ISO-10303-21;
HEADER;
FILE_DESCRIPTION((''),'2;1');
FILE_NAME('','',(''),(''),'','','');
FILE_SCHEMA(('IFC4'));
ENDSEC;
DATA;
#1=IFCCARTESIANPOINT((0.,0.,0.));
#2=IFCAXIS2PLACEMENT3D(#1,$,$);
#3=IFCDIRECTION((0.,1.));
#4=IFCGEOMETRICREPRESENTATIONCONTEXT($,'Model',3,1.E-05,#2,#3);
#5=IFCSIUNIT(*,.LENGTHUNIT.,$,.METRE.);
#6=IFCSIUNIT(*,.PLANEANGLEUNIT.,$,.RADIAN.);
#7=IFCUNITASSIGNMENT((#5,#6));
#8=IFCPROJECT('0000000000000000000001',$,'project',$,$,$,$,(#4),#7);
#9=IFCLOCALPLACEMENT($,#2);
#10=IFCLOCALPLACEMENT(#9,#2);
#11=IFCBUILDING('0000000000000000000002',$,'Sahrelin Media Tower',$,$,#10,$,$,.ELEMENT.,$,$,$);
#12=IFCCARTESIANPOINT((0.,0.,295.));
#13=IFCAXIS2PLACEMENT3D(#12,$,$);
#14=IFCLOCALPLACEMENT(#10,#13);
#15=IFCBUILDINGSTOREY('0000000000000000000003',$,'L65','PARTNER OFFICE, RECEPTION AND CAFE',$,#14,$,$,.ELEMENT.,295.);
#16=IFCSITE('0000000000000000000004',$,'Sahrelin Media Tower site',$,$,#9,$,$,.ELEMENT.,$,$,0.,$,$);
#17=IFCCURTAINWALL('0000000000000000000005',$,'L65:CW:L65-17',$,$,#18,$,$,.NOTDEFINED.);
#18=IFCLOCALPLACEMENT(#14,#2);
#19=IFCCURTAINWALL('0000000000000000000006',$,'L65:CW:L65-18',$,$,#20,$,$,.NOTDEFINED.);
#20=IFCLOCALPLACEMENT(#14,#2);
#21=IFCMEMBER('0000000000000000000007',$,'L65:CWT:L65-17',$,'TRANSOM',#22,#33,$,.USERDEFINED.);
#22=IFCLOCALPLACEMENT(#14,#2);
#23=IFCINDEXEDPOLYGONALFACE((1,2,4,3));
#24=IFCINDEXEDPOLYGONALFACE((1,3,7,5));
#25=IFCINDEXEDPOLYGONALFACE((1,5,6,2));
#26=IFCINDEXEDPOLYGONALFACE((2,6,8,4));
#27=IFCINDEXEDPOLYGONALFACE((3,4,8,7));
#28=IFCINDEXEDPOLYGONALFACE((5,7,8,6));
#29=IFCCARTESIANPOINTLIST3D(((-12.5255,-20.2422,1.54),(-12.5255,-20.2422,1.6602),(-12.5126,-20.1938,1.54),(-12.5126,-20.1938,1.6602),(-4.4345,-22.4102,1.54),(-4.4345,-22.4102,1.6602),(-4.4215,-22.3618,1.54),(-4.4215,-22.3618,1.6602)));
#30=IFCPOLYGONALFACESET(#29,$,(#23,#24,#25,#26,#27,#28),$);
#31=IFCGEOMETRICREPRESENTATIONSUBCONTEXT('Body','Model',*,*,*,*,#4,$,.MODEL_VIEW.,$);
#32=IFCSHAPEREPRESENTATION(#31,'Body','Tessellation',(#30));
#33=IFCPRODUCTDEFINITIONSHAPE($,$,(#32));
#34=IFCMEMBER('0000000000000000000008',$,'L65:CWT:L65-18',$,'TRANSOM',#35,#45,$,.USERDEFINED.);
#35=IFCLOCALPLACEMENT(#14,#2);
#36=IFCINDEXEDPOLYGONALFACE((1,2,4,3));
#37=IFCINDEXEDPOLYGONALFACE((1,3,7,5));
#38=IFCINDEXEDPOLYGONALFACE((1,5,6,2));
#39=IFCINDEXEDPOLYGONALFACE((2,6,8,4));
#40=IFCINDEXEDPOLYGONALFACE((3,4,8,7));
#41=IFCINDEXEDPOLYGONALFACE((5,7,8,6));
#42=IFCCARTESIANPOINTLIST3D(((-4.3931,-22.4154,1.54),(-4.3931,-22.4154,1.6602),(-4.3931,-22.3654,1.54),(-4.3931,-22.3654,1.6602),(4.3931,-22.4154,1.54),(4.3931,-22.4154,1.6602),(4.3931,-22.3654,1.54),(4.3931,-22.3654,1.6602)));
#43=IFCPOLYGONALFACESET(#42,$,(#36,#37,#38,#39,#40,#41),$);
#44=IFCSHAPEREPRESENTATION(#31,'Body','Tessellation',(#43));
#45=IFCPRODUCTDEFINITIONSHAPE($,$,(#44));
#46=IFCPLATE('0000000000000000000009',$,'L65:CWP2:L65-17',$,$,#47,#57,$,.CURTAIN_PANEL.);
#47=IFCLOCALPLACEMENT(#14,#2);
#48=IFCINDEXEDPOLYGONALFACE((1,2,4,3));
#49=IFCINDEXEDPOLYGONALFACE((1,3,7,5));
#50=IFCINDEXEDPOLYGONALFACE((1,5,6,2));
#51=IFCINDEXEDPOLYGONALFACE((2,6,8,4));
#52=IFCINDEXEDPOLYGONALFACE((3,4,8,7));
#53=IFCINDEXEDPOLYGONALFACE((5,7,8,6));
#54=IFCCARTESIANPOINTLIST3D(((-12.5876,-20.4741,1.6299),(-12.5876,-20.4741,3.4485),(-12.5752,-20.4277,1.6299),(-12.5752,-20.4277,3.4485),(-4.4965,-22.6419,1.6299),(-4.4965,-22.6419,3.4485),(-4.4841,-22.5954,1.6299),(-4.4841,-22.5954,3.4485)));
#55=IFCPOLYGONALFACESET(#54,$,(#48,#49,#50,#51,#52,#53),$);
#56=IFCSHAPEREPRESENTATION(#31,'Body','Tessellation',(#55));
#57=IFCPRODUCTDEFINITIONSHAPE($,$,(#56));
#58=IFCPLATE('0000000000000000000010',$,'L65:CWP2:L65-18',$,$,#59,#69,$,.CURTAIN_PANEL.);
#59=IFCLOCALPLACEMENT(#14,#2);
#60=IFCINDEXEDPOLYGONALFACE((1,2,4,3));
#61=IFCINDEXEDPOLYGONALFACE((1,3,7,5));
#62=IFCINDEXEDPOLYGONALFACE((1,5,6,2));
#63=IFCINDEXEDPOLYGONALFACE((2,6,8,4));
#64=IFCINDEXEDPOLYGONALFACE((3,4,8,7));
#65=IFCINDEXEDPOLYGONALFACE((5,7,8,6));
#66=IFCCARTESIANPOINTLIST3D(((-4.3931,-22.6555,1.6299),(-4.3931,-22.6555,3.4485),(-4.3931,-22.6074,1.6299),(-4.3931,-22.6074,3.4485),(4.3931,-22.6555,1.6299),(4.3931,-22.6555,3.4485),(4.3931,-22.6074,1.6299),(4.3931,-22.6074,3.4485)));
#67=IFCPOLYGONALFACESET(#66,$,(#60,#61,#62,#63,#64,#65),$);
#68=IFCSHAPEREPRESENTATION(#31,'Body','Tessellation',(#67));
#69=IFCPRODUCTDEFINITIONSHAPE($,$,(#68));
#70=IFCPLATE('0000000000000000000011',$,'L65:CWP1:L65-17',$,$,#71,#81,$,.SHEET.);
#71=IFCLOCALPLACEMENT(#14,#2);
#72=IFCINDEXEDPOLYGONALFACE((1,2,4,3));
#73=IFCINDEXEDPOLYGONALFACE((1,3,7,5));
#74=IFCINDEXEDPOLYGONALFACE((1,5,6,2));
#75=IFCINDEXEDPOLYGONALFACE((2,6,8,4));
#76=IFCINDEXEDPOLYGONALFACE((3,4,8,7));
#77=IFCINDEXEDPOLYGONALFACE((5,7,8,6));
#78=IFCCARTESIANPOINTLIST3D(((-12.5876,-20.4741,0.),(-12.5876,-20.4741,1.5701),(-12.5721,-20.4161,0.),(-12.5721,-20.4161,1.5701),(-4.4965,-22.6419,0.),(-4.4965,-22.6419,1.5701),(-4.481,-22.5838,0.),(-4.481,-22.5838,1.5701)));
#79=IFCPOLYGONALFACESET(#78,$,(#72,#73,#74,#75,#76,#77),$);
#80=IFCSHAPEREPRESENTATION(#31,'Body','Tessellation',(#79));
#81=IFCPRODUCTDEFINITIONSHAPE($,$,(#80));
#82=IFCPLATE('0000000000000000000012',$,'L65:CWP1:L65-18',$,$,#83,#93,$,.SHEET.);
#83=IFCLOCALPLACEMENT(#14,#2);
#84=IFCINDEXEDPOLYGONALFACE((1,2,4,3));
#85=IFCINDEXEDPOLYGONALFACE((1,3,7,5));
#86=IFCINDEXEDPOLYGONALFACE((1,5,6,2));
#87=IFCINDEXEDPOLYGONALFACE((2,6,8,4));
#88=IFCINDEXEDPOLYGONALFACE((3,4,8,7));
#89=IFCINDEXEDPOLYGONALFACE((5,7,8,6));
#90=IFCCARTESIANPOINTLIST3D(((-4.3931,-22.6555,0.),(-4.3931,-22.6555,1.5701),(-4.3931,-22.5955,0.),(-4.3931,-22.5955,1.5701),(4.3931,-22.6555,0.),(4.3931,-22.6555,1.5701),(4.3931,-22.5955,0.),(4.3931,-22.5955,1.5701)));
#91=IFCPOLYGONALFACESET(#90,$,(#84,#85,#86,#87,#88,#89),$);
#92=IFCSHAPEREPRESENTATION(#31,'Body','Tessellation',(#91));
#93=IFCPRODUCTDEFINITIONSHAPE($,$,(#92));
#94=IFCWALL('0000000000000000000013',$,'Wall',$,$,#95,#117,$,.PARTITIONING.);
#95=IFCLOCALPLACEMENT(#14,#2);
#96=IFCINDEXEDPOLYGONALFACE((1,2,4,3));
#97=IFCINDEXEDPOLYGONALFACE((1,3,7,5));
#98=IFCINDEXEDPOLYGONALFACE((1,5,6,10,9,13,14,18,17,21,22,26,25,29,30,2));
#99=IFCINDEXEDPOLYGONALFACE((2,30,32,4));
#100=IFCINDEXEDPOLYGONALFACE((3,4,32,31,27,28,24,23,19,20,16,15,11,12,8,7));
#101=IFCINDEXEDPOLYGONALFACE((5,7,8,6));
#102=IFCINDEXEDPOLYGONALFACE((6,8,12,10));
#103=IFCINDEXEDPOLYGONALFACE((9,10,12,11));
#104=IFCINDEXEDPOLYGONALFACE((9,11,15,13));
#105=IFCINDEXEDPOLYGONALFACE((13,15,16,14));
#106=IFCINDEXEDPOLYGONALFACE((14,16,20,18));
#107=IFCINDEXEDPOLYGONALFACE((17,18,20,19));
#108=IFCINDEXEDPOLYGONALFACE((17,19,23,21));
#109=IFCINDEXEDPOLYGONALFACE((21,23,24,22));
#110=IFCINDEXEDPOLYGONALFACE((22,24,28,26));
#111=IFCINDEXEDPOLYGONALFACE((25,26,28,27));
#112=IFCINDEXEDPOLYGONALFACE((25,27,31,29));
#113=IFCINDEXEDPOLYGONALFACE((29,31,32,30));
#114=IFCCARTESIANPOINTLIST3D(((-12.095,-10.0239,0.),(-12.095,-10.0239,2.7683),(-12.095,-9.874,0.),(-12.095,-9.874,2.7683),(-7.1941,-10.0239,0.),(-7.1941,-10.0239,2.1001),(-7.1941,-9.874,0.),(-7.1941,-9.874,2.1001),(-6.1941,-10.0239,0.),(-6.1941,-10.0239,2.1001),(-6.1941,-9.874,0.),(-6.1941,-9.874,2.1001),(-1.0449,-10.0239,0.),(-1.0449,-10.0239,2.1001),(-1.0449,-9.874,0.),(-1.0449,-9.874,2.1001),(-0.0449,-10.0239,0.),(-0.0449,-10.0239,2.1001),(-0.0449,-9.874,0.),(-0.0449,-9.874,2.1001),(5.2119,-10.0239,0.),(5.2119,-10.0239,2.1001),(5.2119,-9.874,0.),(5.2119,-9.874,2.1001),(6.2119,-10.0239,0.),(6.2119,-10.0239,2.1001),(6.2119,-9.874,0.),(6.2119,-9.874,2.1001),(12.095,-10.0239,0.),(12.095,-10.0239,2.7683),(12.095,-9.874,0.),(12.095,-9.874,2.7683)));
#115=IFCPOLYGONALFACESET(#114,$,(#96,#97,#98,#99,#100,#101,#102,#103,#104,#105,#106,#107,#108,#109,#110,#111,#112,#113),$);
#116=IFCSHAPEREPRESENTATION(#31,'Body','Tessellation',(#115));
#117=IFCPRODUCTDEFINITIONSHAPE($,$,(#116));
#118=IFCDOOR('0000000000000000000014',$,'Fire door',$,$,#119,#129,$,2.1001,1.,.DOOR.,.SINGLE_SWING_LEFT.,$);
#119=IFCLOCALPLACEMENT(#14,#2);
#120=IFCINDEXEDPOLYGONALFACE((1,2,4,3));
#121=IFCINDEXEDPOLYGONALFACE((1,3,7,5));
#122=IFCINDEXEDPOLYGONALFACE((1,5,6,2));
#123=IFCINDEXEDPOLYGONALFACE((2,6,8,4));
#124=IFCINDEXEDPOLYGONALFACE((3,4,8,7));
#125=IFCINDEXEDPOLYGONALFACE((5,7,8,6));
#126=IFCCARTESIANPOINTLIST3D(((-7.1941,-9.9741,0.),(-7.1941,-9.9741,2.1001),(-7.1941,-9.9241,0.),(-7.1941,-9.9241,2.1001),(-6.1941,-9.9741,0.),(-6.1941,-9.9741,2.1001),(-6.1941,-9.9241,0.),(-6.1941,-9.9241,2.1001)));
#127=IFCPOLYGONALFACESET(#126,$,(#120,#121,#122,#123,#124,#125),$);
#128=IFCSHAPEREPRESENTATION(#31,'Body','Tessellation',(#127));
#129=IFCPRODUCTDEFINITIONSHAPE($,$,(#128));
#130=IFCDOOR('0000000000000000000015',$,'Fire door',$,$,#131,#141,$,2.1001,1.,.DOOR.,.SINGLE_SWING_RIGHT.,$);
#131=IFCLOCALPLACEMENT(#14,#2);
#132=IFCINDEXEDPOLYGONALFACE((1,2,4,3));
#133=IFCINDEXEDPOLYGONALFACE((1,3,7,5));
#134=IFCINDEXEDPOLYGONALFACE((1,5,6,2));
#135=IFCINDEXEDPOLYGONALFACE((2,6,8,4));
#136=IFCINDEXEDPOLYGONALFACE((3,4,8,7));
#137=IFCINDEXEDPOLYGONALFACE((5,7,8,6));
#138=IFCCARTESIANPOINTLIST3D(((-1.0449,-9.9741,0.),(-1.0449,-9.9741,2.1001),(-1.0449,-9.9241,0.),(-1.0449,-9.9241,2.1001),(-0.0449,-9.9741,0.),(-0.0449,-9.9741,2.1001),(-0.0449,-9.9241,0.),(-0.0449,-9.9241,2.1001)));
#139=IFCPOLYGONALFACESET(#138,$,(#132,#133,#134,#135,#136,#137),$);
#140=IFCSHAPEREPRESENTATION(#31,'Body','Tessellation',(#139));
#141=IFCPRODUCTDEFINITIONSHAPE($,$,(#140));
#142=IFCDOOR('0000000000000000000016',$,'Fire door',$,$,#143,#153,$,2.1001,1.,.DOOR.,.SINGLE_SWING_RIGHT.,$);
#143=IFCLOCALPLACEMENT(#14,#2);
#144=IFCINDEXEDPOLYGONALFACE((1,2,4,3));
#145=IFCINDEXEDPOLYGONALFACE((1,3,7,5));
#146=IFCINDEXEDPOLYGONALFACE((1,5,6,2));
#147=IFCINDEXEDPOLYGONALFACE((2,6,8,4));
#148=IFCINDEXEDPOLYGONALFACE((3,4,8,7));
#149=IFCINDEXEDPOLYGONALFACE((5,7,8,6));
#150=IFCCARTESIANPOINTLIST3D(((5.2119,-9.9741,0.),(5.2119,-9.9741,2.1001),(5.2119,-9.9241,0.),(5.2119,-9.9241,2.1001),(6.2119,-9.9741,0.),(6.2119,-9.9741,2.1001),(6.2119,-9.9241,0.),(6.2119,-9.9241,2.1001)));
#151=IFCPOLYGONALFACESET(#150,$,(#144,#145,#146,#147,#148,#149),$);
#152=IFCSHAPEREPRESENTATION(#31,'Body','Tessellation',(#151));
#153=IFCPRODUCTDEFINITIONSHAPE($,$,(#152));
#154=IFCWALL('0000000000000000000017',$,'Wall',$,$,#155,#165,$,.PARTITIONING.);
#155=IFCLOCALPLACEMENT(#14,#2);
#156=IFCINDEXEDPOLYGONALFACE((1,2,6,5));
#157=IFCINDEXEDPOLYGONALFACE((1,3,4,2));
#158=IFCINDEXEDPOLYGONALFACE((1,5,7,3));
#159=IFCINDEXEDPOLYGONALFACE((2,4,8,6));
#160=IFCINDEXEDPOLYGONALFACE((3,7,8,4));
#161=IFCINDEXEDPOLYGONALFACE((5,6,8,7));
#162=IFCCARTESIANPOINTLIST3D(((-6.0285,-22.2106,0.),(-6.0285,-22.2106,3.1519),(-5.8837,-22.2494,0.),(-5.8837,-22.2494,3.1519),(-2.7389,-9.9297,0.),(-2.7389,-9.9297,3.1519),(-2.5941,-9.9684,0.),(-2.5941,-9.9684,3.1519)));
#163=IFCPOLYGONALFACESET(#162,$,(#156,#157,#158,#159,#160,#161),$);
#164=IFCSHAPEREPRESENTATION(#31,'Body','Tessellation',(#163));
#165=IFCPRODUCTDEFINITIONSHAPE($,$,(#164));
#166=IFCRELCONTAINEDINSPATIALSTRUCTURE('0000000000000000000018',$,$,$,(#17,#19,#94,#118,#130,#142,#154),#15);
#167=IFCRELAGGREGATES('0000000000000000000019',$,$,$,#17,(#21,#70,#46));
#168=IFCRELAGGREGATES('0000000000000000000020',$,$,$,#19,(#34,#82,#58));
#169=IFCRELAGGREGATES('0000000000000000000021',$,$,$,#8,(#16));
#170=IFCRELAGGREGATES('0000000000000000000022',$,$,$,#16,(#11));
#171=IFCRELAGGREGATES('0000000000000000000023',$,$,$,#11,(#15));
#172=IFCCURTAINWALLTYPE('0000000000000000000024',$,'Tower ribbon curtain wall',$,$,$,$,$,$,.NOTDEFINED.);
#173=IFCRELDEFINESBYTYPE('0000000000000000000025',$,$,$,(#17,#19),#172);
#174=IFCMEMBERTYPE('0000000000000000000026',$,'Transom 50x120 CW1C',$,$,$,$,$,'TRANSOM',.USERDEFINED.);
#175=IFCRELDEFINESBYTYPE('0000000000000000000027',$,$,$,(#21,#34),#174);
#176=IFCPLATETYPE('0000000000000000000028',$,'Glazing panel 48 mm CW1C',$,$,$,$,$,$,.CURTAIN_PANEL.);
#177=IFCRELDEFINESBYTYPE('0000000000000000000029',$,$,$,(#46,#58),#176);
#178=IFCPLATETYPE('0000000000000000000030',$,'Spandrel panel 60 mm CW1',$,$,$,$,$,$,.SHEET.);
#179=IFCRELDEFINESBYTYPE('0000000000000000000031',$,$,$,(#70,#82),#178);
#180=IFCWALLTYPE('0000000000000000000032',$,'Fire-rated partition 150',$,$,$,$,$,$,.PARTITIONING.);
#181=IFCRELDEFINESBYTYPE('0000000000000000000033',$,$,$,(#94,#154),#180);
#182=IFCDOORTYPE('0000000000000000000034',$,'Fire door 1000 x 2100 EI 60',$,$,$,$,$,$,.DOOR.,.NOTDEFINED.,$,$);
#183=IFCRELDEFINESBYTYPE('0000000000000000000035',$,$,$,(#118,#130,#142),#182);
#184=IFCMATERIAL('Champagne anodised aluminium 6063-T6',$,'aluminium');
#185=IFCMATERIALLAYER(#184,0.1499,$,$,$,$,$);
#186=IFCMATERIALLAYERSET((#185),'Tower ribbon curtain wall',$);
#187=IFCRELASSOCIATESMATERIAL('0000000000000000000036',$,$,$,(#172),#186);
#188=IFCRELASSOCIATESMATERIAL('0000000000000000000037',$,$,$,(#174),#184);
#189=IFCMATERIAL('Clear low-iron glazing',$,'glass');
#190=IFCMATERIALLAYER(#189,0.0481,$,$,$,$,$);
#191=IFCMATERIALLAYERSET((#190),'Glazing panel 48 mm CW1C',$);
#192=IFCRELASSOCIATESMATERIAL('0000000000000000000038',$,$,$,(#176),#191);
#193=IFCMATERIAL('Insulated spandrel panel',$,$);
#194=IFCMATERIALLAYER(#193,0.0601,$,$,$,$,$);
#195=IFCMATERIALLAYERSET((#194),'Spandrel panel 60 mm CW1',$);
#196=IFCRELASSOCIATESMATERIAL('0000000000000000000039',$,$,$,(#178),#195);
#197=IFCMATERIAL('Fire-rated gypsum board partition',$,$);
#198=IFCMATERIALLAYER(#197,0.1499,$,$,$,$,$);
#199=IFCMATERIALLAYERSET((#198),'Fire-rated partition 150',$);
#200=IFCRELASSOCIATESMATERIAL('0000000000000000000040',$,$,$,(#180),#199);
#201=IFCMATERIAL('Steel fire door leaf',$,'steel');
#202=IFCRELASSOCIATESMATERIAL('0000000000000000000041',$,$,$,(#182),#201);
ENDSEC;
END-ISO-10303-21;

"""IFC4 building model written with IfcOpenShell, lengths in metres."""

from ifc_helpers import new_model, si_unit, direction, frame, frame_2d, origin, origin_2d, place, context, subcontext, project, spatial, polyline, rectangle, outline, extrude, material, layer, layer_set, material_profile, profile_set, type_object, element, fill, aggregate, save


model = new_model("IFC4")

# Units and contexts
model_context = context("Model", 3, precision=1e-05, world=origin(), true_north=direction((0.0, 1.0)))
body_context = subcontext(model_context, "Body", "Model", "MODEL_VIEW")
ifc_project = project(units=[si_unit("LENGTHUNIT", "METRE"), si_unit("PLANEANGLEUNIT", "RADIAN")], contexts=[model_context])

# Site, building, storey
site_placement = place(None, origin())
site = spatial("IfcSite", under=ifc_project, at=site_placement, Name="Sahrelin Media Tower site", CompositionType="ELEMENT", RefElevation=0.0)
building_placement = place(site_placement, origin())
building = spatial("IfcBuilding", under=site, at=building_placement, Name="Sahrelin Media Tower", CompositionType="ELEMENT")
storey_placement = place(building_placement, frame((0.0, 0.0, 295.0)))
storey = spatial("IfcBuildingStorey", under=building, at=storey_placement, Name="L65", Description="PARTNER OFFICE, RECEPTION AND CAFE", CompositionType="ELEMENT", Elevation=295.0)

# Curtain walls
ifc_material_1 = material(Name="Champagne anodised aluminium 6063-T6", Category="aluminium")
ifc_layer_1 = layer(ifc_material_1, 0.1499)
ifc_layer_set_1 = layer_set([ifc_layer_1], Name="Tower ribbon curtain wall")
curtain_wall_type = type_object("IfcCurtainWallType", Name="Tower ribbon curtain wall", PredefinedType="NOTDEFINED", material=ifc_layer_set_1)
curtain_wall_1_placement = place(storey_placement, frame((-8.5369, -21.5386, 0.0), z_axis=(0.0, 0.0, 1.0), x_axis=(1.0, 0.0, 0.0)))
curtain_wall_1 = element("IfcCurtainWall", 1, at=curtain_wall_1_placement, inside=storey, type_object=curtain_wall_type, Name="L65:CW:L65-17", PredefinedType="NOTDEFINED")
curtain_wall_2_placement = place(storey_placement, frame((0.0, -22.6355, 0.0), z_axis=(0.0, 0.0, 1.0), x_axis=(1.0, 0.0, 0.0)))
curtain_wall_2 = element("IfcCurtainWall", 2, at=curtain_wall_2_placement, inside=storey, type_object=curtain_wall_type, Name="L65:CW:L65-18", PredefinedType="NOTDEFINED")

# Members
ifc_material_profile_1 = material_profile(ifc_material_1, rectangle(XDim=0.05, YDim=0.1201, at=origin_2d()), Name="Transom 50x120")
ifc_profile_set_1 = profile_set([ifc_material_profile_1], Name="Champagne anodised aluminium 6063-T6")
member_type_1 = type_object("IfcMemberType", Name="Transom 50x120 CW1C", ElementType="TRANSOM", PredefinedType="USERDEFINED", material=ifc_profile_set_1)
member_1_placement = place(storey_placement, frame((-12.519, -20.218, 1.6001), z_axis=(0.965927, -0.258816, 0.0), x_axis=(0.258816, 0.965927, 0.0)))
member_1 = element("IfcMember", 3, at=member_1_placement, type_object=member_type_1, Name="L65:CWT:L65-17", ObjectType="TRANSOM", PredefinedType="USERDEFINED", context=body_context, shape_type="SweptSolid", body=[
    extrude(rectangle(XDim=0.05, YDim=0.1201, at=origin_2d()), origin(), (0.0, 0.0, 1.0), 8.3765),
])
member_2_placement = place(storey_placement, frame((-4.3931, -22.3904, 1.6001), z_axis=(1.0, 0.0, 0.0), x_axis=(0.0, 1.0, 0.0)))
member_2 = element("IfcMember", 4, at=member_2_placement, type_object=member_type_1, Name="L65:CWT:L65-18", ObjectType="TRANSOM", PredefinedType="USERDEFINED", context=body_context, shape_type="SweptSolid", body=[
    extrude(rectangle(XDim=0.05, YDim=0.1201, at=origin_2d()), origin(), (0.0, 0.0, 1.0), 8.7861),
])

# Plates
ifc_material_2 = material(Name="Clear low-iron glazing", Category="glass")
ifc_layer_2 = layer(ifc_material_2, 0.0481)
ifc_layer_set_2 = layer_set([ifc_layer_2], Name="Glazing panel 48 mm CW1C")
plate_type_1 = type_object("IfcPlateType", Name="Glazing panel 48 mm CW1C", PredefinedType="CURTAIN_PANEL", material=ifc_layer_set_2)
plate_1_placement = place(storey_placement, frame((-12.5876, -20.4741, 1.6299), z_axis=(-0.258789, -0.965934, 0.0), x_axis=(0.965934, -0.258789, 0.0)))
plate_1 = element("IfcPlate", 5, at=plate_1_placement, type_object=plate_type_1, Name="L65:CWP2:L65-17", PredefinedType="CURTAIN_PANEL", context=body_context, shape_type="SweptSolid", body=[
    extrude(outline(polyline([(0.0, 0.0), (8.3765, 0.0), (8.3765, 1.8186), (0.0, 1.8186), (0.0, 0.0)])), origin(), (0.0, 0.0, -1.0), 0.0481),
])
plate_2_placement = place(storey_placement, frame((-4.3931, -22.6555, 1.6299), z_axis=(0.0, -1.0, 0.0), x_axis=(1.0, 0.0, 0.0)))
plate_2 = element("IfcPlate", 6, at=plate_2_placement, type_object=plate_type_1, Name="L65:CWP2:L65-18", PredefinedType="CURTAIN_PANEL", context=body_context, shape_type="SweptSolid", body=[
    extrude(outline(polyline([(0.0, 0.0), (8.7861, 0.0), (8.7861, 1.8186), (0.0, 1.8186), (0.0, 0.0)])), origin(), (0.0, 0.0, -1.0), 0.0481),
])
ifc_material_3 = material(Name="Insulated spandrel panel")
ifc_layer_3 = layer(ifc_material_3, 0.0601)
ifc_layer_set_3 = layer_set([ifc_layer_3], Name="Spandrel panel 60 mm CW1")
plate_type_2 = type_object("IfcPlateType", Name="Spandrel panel 60 mm CW1", PredefinedType="SHEET", material=ifc_layer_set_3)
plate_3_placement = place(storey_placement, frame((-12.5876, -20.4741, 0.0), z_axis=(-0.258789, -0.965934, 0.0), x_axis=(0.965934, -0.258789, 0.0)))
plate_3 = element("IfcPlate", 7, at=plate_3_placement, type_object=plate_type_2, Name="L65:CWP1:L65-17", PredefinedType="SHEET", context=body_context, shape_type="SweptSolid", body=[
    extrude(outline(polyline([(0.0, 0.0), (8.3765, 0.0), (8.3765, 1.5701), (0.0, 1.5701), (0.0, 0.0)])), origin(), (0.0, 0.0, -1.0), 0.0601),
])
aggregate(curtain_wall_1, [member_1, plate_3, plate_1])
plate_4_placement = place(storey_placement, frame((-4.3931, -22.6555, 0.0), z_axis=(0.0, -1.0, 0.0), x_axis=(1.0, 0.0, 0.0)))
plate_4 = element("IfcPlate", 8, at=plate_4_placement, type_object=plate_type_2, Name="L65:CWP1:L65-18", PredefinedType="SHEET", context=body_context, shape_type="SweptSolid", body=[
    extrude(outline(polyline([(0.0, 0.0), (8.7861, 0.0), (8.7861, 1.5701), (0.0, 1.5701), (0.0, 0.0)])), origin(), (0.0, 0.0, -1.0), 0.0601),
])
aggregate(curtain_wall_2, [member_2, plate_4, plate_2])

# Wall, openings, doors
ifc_material_4 = material(Name="Fire-rated gypsum board partition")
ifc_layer_4 = layer(ifc_material_4, 0.1499)
ifc_layer_set_4 = layer_set([ifc_layer_4], Name="Fire-rated partition 150")
wall_type_1 = type_object("IfcWallType", Name="Fire-rated partition 150", PredefinedType="PARTITIONING", material=ifc_layer_set_4)
wall_1_placement = place(storey_placement, frame((-12.095, -9.949, 0.0), z_axis=(0.0, 0.0, 1.0), x_axis=(1.0, 0.0, 0.0)))
wall_1 = element("IfcWall", 9, at=wall_1_placement, inside=storey, type_object=wall_type_1, Name="Wall", PredefinedType="PARTITIONING", context=body_context, shape_type="SweptSolid", body=[
    extrude(rectangle(XDim=24.1899, YDim=0.1499, at=frame_2d((12.095, 0.0))), origin(), (0.0, 0.0, 1.0), 2.7683),
])
opening_1_placement = place(wall_1_placement, frame((4.9009, 0.0, 0.0)))
opening_1 = element("IfcOpeningElement", 10, at=opening_1_placement, cuts=wall_1, PredefinedType="OPENING", context=body_context, shape_type="SweptSolid", body=[
    extrude(rectangle(XDim=1.0, YDim=2.1001, at=frame_2d((0.5, 1.05))), frame((0.0, 0.075, 0.0), z_axis=(0.0, -1.0, 0.0), x_axis=(1.0, 0.0, 0.0)), (0.0, 0.0, 1.0), 0.1499),
])
opening_2_placement = place(wall_1_placement, frame((11.05, 0.0, 0.0)))
opening_2 = element("IfcOpeningElement", 11, at=opening_2_placement, cuts=wall_1, PredefinedType="OPENING", context=body_context, shape_type="SweptSolid", body=[
    extrude(rectangle(XDim=1.0, YDim=2.1001, at=frame_2d((0.5, 1.05))), frame((0.0, 0.075, 0.0), z_axis=(0.0, -1.0, 0.0), x_axis=(1.0, 0.0, 0.0)), (0.0, 0.0, 1.0), 0.1499),
])
opening_3_placement = place(wall_1_placement, frame((17.3069, 0.0, 0.0)))
opening_3 = element("IfcOpeningElement", 12, at=opening_3_placement, cuts=wall_1, PredefinedType="OPENING", context=body_context, shape_type="SweptSolid", body=[
    extrude(rectangle(XDim=1.0, YDim=2.1001, at=frame_2d((0.5, 1.05))), frame((0.0, 0.075, 0.0), z_axis=(0.0, -1.0, 0.0), x_axis=(1.0, 0.0, 0.0)), (0.0, 0.0, 1.0), 0.1499),
])
ifc_material_5 = material(Name="Steel fire door leaf", Category="steel")
door_type_1 = type_object("IfcDoorType", Name="Fire door 1000 x 2100 EI 60", OperationType="NOTDEFINED", PredefinedType="DOOR", material=ifc_material_5)
door_1_placement = place(opening_1_placement, origin())
door_1 = element("IfcDoor", 13, at=door_1_placement, inside=storey, type_object=door_type_1, Name="Fire door", OperationType="SINGLE_SWING_LEFT", OverallHeight=2.1001, OverallWidth=1.0, PredefinedType="DOOR", context=body_context, shape_type="SweptSolid", body=[
    extrude(rectangle(XDim=1.0, YDim=2.1001, at=frame_2d((0.5, 1.05))), frame((0.0, 0.0249, 0.0), z_axis=(0.0, -1.0, 0.0), x_axis=(1.0, 0.0, 0.0)), (0.0, 0.0, 1.0), 0.05),
])
fill(opening_1, door_1)
door_2_placement = place(opening_2_placement, origin())
door_2 = element("IfcDoor", 14, at=door_2_placement, inside=storey, type_object=door_type_1, Name="Fire door", OperationType="SINGLE_SWING_RIGHT", OverallHeight=2.1001, OverallWidth=1.0, PredefinedType="DOOR", context=body_context, shape_type="SweptSolid", body=[
    extrude(rectangle(XDim=1.0, YDim=2.1001, at=frame_2d((0.5, 1.05))), frame((0.0, 0.0249, 0.0), z_axis=(0.0, -1.0, 0.0), x_axis=(1.0, 0.0, 0.0)), (0.0, 0.0, 1.0), 0.05),
])
fill(opening_2, door_2)
door_3_placement = place(opening_3_placement, origin())
door_3 = element("IfcDoor", 15, at=door_3_placement, inside=storey, type_object=door_type_1, Name="Fire door", OperationType="SINGLE_SWING_RIGHT", OverallHeight=2.1001, OverallWidth=1.0, PredefinedType="DOOR", context=body_context, shape_type="SweptSolid", body=[
    extrude(rectangle(XDim=1.0, YDim=2.1001, at=frame_2d((0.5, 1.05))), frame((0.0, 0.0249, 0.0), z_axis=(0.0, -1.0, 0.0), x_axis=(1.0, 0.0, 0.0)), (0.0, 0.0, 1.0), 0.05),
])
fill(opening_3, door_3)

# Wall
wall_2_placement = place(storey_placement, frame((-5.9561, -22.23, 0.0), z_axis=(0.0, 0.0, 1.0), x_axis=(0.258736, 0.965948, 0.0)))
element("IfcWall", 16, at=wall_2_placement, inside=storey, type_object=wall_type_1, Name="Wall", PredefinedType="PARTITIONING", context=body_context, shape_type="SweptSolid", body=[
    extrude(rectangle(XDim=12.7139, YDim=0.1499, at=frame_2d((6.3569, 0.0))), origin(), (0.0, 0.0, 1.0), 3.1519),
])

save(model, "model.ifc")
